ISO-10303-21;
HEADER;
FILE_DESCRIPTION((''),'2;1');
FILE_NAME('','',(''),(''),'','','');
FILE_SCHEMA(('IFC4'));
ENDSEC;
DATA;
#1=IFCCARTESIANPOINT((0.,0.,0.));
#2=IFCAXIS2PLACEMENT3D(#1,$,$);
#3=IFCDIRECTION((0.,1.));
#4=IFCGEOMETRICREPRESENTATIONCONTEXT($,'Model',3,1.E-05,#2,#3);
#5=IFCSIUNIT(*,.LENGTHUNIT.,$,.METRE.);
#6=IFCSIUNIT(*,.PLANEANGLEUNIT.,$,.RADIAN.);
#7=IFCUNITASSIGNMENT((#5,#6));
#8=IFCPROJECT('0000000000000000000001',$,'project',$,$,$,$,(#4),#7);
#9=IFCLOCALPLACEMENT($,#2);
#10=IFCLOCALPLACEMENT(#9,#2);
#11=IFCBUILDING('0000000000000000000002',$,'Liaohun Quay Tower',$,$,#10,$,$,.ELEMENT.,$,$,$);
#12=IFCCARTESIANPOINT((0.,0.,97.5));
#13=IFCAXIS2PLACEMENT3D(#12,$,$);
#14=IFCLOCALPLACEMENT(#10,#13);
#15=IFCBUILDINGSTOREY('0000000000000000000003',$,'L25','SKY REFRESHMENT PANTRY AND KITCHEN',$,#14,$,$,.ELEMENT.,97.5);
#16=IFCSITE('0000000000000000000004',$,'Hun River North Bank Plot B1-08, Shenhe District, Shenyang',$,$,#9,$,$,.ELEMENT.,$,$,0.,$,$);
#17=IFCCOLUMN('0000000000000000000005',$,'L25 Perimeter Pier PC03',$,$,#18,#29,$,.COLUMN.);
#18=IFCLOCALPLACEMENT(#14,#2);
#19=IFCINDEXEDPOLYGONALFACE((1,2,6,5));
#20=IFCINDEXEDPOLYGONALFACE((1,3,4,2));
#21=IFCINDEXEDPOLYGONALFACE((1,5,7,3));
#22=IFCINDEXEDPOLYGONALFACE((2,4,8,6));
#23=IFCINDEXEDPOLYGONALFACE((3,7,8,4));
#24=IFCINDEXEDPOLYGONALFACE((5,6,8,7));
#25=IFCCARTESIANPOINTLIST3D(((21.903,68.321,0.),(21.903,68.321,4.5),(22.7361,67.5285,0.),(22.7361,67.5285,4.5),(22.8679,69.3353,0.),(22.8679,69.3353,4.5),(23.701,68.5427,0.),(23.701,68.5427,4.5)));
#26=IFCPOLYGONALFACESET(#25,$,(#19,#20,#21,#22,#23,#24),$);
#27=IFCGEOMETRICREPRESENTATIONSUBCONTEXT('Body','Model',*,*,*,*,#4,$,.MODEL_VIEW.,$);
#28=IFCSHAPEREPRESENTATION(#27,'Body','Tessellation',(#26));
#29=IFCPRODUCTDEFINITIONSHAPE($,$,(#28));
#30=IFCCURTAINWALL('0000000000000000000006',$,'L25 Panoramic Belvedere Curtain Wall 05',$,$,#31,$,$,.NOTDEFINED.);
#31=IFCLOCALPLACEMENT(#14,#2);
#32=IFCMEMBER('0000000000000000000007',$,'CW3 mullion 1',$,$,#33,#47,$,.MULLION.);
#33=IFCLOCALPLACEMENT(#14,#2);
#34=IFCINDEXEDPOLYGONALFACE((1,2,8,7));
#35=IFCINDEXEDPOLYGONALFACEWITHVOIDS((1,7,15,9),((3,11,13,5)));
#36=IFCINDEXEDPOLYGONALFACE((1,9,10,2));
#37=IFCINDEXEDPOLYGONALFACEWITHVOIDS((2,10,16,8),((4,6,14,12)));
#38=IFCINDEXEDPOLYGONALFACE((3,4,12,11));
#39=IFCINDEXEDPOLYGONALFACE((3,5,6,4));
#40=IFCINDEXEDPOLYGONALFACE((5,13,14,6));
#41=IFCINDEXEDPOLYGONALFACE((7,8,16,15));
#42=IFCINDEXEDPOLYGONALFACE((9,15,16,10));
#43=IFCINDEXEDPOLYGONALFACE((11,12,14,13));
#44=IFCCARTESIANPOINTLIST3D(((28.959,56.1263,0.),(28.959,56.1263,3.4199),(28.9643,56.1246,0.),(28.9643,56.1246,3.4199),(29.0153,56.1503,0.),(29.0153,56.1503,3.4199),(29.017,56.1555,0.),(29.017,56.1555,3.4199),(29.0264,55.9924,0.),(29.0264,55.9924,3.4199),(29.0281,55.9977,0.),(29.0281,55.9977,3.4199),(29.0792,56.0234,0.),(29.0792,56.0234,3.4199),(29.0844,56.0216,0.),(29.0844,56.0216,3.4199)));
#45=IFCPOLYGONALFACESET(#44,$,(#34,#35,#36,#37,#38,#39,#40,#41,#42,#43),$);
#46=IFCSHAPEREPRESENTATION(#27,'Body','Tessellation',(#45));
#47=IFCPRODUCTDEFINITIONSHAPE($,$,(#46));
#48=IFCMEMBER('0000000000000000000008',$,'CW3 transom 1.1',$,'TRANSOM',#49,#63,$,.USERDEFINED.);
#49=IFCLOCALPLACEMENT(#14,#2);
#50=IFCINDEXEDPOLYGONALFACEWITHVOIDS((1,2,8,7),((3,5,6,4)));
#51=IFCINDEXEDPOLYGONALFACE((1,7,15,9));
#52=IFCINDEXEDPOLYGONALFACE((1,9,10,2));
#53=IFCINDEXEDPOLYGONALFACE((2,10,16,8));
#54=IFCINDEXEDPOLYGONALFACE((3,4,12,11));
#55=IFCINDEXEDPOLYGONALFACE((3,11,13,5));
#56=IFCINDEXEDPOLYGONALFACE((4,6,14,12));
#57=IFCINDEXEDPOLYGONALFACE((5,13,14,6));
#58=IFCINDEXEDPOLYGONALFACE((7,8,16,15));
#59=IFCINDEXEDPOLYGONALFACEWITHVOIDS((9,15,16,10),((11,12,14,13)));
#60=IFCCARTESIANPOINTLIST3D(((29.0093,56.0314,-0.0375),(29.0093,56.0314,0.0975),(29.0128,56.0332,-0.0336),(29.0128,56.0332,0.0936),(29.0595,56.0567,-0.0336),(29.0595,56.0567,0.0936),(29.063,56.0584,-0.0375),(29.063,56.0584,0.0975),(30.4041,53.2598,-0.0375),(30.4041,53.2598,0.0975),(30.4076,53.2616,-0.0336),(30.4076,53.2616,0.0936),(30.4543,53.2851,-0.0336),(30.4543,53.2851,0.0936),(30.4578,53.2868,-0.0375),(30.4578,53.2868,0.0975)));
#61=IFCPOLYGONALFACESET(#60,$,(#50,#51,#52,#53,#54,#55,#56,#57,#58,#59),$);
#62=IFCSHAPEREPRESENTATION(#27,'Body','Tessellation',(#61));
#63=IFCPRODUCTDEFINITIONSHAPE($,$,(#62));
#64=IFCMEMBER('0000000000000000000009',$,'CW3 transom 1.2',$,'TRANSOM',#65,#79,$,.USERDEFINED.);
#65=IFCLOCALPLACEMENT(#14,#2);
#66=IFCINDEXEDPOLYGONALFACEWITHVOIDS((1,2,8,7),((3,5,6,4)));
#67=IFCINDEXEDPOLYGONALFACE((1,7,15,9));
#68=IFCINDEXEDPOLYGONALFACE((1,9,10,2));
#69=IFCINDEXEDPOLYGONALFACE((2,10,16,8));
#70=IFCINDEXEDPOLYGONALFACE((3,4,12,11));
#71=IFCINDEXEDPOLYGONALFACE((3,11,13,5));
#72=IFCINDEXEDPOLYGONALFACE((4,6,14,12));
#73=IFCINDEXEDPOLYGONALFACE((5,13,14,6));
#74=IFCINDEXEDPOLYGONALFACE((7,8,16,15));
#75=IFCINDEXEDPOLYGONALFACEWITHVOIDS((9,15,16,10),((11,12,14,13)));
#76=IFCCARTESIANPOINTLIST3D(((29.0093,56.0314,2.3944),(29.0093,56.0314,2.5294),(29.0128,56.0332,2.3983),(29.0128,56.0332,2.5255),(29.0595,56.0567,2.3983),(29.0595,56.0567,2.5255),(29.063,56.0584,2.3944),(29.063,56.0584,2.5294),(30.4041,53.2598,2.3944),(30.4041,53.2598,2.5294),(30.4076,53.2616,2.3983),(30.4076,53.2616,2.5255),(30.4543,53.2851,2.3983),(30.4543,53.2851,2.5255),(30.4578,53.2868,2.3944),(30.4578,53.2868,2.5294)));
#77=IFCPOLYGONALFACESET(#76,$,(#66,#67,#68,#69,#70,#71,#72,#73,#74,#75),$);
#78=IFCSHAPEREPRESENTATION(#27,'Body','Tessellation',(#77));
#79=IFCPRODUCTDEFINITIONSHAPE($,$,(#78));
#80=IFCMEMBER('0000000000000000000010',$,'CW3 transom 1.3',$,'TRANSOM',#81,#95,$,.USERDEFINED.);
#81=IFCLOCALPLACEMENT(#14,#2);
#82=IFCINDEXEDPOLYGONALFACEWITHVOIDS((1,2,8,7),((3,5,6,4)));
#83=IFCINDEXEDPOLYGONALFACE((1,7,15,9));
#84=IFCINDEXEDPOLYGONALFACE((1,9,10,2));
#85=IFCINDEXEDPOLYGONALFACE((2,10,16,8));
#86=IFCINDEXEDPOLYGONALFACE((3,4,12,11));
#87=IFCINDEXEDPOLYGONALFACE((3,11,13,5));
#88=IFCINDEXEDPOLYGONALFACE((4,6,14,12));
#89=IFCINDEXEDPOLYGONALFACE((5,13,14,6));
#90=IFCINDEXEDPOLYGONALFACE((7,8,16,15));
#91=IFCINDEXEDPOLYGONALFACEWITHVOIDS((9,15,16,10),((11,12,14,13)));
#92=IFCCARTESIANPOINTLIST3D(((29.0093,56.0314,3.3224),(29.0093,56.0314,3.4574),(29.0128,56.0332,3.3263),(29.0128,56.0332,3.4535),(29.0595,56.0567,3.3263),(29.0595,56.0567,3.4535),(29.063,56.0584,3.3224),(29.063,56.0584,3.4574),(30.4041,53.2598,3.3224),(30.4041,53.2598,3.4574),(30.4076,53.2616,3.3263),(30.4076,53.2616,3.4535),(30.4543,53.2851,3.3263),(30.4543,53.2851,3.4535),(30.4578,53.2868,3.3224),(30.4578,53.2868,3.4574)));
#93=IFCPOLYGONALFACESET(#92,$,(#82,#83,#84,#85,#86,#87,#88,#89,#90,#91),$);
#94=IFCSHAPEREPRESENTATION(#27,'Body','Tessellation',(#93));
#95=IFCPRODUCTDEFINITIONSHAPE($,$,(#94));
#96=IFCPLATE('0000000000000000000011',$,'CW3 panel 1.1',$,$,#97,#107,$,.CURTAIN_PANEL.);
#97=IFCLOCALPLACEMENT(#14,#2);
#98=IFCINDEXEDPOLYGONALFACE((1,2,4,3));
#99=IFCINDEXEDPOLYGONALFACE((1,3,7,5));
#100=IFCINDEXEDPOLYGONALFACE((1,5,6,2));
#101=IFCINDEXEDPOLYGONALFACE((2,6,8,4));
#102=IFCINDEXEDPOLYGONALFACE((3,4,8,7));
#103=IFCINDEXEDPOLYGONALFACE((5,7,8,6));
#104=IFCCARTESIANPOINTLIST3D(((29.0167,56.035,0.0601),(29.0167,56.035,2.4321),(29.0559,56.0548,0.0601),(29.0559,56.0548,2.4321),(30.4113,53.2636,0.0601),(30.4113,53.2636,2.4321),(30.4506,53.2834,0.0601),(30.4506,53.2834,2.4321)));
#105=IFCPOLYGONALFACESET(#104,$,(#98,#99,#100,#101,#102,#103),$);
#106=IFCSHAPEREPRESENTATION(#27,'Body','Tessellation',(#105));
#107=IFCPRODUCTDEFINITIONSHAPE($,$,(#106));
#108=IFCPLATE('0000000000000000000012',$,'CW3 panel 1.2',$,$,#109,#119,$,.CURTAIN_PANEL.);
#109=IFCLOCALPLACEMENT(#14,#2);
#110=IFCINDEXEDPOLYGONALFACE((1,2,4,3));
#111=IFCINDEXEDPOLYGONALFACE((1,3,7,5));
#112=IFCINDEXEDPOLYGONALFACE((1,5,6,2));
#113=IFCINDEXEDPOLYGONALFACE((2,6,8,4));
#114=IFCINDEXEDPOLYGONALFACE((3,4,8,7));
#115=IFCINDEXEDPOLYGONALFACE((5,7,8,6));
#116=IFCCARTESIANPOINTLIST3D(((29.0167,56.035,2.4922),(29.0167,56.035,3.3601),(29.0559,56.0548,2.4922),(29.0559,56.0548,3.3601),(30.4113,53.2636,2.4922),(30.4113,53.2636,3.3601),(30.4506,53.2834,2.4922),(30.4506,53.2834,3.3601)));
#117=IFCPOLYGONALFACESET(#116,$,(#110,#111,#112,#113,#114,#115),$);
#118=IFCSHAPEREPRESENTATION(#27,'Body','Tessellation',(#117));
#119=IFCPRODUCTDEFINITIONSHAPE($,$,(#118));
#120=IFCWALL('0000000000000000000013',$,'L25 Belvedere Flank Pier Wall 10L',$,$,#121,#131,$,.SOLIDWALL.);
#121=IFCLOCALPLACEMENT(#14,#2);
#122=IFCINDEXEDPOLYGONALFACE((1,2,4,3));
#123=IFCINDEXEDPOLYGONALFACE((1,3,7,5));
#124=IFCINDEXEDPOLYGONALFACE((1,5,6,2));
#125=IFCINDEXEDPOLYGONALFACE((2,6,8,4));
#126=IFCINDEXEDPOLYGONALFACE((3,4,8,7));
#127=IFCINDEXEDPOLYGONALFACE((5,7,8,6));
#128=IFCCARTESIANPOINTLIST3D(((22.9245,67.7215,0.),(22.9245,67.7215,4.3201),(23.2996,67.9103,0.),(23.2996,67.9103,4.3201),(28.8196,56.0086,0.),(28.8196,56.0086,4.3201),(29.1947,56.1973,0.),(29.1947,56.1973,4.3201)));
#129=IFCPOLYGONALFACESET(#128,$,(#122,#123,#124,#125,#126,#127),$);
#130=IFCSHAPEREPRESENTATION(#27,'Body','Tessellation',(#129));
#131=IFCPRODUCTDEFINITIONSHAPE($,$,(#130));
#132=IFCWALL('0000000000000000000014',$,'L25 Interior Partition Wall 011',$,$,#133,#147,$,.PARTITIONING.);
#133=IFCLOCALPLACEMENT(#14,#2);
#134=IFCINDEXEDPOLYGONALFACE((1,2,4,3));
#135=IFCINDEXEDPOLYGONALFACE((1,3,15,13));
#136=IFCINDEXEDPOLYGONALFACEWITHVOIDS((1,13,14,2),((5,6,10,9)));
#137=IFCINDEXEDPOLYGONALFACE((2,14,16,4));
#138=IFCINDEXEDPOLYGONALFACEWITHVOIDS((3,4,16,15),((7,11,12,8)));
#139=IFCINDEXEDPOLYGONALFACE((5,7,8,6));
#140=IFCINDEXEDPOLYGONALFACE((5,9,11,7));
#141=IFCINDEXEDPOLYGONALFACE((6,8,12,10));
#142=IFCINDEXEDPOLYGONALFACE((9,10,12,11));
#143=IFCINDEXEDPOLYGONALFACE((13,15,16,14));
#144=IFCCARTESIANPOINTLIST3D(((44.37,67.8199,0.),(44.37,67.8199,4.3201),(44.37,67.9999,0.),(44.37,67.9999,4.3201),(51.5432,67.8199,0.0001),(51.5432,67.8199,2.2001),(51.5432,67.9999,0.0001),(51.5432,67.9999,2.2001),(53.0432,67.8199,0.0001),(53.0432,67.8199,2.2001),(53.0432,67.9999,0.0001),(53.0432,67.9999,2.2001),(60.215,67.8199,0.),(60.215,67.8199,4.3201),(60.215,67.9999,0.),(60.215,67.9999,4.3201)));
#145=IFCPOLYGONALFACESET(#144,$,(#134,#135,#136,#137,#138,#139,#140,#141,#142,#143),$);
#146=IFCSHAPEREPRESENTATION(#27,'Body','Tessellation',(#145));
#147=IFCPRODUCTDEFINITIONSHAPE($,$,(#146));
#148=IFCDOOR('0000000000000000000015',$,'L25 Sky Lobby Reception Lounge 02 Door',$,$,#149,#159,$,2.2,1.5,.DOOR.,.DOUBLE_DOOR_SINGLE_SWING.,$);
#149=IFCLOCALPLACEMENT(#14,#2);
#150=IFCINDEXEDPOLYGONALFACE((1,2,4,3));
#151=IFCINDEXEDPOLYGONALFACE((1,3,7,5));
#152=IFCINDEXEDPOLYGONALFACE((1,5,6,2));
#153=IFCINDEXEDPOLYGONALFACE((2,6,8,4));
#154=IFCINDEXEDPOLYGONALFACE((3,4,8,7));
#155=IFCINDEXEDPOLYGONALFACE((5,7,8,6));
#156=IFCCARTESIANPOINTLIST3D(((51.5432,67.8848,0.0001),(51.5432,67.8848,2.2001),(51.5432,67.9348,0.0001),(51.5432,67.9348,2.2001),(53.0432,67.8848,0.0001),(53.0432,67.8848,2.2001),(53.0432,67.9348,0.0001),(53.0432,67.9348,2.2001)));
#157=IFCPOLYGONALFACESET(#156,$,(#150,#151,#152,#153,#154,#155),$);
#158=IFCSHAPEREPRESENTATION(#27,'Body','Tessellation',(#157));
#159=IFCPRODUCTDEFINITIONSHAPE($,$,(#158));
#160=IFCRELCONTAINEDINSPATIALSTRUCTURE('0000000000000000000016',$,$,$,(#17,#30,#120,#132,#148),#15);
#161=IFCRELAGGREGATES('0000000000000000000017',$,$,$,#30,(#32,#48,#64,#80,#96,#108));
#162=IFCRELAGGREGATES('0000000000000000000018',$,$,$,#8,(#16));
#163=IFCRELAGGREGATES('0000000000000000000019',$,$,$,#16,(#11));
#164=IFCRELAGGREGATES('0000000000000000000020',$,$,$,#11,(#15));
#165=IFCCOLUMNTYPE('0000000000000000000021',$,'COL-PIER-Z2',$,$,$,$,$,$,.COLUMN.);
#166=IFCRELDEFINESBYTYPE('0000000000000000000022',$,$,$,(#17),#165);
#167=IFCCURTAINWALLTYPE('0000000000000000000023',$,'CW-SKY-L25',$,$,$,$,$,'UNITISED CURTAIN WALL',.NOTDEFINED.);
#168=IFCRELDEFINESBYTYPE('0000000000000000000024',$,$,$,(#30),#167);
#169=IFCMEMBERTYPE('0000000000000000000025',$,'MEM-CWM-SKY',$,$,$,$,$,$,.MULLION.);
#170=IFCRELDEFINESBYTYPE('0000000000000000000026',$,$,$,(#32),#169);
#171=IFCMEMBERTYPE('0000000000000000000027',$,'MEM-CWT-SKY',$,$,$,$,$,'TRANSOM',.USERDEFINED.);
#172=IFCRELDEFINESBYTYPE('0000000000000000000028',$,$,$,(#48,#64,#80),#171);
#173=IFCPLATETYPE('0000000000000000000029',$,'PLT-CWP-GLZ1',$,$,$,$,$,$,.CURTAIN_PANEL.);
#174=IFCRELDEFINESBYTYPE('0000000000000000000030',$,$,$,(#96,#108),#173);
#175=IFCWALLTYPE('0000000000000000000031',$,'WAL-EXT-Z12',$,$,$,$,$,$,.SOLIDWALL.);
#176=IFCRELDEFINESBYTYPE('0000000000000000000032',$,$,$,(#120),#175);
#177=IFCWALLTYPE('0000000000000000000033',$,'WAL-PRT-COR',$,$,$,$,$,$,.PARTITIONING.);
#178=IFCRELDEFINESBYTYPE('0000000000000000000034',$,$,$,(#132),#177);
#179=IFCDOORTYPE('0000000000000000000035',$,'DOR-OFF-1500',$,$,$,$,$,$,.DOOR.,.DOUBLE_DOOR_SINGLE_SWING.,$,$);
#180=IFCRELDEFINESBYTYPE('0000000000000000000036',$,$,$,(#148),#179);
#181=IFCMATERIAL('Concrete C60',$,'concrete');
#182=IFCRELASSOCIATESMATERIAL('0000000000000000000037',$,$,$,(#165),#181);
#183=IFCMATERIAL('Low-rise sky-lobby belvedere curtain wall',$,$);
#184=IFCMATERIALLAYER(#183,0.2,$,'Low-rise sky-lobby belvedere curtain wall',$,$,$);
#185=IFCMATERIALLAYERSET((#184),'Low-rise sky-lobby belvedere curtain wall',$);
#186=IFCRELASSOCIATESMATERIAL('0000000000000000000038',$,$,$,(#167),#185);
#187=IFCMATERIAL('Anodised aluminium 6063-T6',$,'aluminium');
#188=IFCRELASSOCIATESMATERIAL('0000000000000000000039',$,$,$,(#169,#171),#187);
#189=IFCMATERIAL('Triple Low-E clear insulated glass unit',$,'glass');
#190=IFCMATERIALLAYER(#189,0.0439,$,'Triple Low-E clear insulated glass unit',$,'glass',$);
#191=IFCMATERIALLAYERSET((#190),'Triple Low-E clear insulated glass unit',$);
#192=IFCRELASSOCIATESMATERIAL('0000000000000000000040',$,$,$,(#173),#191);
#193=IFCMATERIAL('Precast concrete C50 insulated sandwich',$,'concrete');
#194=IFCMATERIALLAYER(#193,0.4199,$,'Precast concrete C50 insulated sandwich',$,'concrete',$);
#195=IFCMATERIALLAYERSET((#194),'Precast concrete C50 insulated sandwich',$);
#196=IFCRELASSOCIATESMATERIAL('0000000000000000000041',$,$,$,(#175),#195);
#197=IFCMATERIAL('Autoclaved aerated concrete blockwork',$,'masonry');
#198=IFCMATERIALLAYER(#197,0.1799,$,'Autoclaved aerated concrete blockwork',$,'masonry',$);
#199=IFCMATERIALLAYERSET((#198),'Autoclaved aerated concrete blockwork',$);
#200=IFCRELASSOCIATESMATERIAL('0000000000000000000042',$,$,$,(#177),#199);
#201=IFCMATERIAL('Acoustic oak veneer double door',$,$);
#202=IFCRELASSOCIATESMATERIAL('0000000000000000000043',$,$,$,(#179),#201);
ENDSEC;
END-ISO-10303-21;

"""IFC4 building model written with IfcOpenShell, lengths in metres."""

from ifc_helpers import new_model, si_unit, direction, frame, frame_2d, origin, origin_2d, place, context, subcontext, project, spatial, rectangle, hollow_rectangle, extrude, source, transform, mapped, material, layer, layer_set, material_profile, profile_set, type_object, element, fill, aggregate, save


model = new_model("IFC4")

# Units and contexts
model_context = context("Model", 3, precision=1e-05, world=origin(), true_north=direction((0.0, 1.0)))
body_context = subcontext(model_context, "Body", "Model", "MODEL_VIEW")
ifc_project = project(units=[si_unit("LENGTHUNIT", "METRE"), si_unit("PLANEANGLEUNIT", "RADIAN")], contexts=[model_context])

# Site, building, storey
site_placement = place(None, origin())
site = spatial("IfcSite", under=ifc_project, at=site_placement, Name="Hun River North Bank Plot B1-08, Shenhe District, Shenyang", CompositionType="ELEMENT", RefElevation=0.0)
building_placement = place(site_placement, origin())
building = spatial("IfcBuilding", under=site, at=building_placement, Name="Liaohun Quay Tower", CompositionType="ELEMENT")
storey_placement = place(building_placement, frame((0.0, 0.0, 97.5)))
storey = spatial("IfcBuildingStorey", under=building, at=storey_placement, Name="L25", Description="SKY REFRESHMENT PANTRY AND KITCHEN", CompositionType="ELEMENT", Elevation=97.5)

# Column
ifc_material_1 = material(Name="Concrete C60", Category="concrete")
ifc_material_profile_1 = material_profile(ifc_material_1, rectangle(XDim=1.3999, YDim=1.1499, at=origin_2d()), Name="RC1400x1150")
ifc_profile_set_1 = profile_set([ifc_material_profile_1], Name="Concrete C60")
column_type = type_object("IfcColumnType", Name="COL-PIER-Z2", PredefinedType="COLUMN", material=ifc_profile_set_1)
shared_shape_1 = source(origin(), body_context, "Body", "SweptSolid", [
    extrude(rectangle(XDim=1.3999, YDim=1.1499, at=origin_2d()), origin(), (0.0, 0.0, 1.0), 4.5),
])
column_placement = place(storey_placement, frame((22.802, 68.4319, 0.0), z_axis=(0.0, 0.0, 1.0), x_axis=(0.68924, 0.724533, 0.0)))
element("IfcColumn", 1, at=column_placement, inside=storey, type_object=column_type, Name="L25 Perimeter Pier PC03", PredefinedType="COLUMN", context=body_context, shape_type="MappedRepresentation", body=[
    mapped(shared_shape_1, transform((0.0, 0.0, 0.0), x_axis=(1.0, 0.0, 0.0), y_axis=(0.0, 1.0, 0.0), z_axis=(0.0, 0.0, 1.0), scale=1.0)),
])

# Curtain wall, members, plates
ifc_material_2 = material(Name="Low-rise sky-lobby belvedere curtain wall")
ifc_layer_1 = layer(ifc_material_2, 0.2, Name="Low-rise sky-lobby belvedere curtain wall")
ifc_layer_set_1 = layer_set([ifc_layer_1], Name="Low-rise sky-lobby belvedere curtain wall")
curtain_wall_type = type_object("IfcCurtainWallType", Name="CW-SKY-L25", ElementType="UNITISED CURTAIN WALL", PredefinedType="NOTDEFINED", material=ifc_layer_set_1)
curtain_wall_placement = place(storey_placement, origin())
curtain_wall = element("IfcCurtainWall", 2, at=curtain_wall_placement, inside=storey, type_object=curtain_wall_type, Name="L25 Panoramic Belvedere Curtain Wall 05", PredefinedType="NOTDEFINED")
ifc_material_3 = material(Name="Anodised aluminium 6063-T6", Category="aluminium")
ifc_material_profile_2 = material_profile(ifc_material_3, hollow_rectangle(XDim=0.0649, YDim=0.1499, WallThickness=0.0039, at=origin_2d()), Name="RHS150x65x4")
ifc_profile_set_2 = profile_set([ifc_material_profile_2], Name="Anodised aluminium 6063-T6")
member_type_1 = type_object("IfcMemberType", Name="MEM-CWM-SKY", PredefinedType="MULLION", material=ifc_profile_set_2)
shared_shape_2 = source(origin(), body_context, "Body", "SweptSolid", [
    extrude(hollow_rectangle(XDim=0.0649, YDim=0.1499, WallThickness=0.0039, at=origin_2d()), origin(), (0.0, 0.0, 1.0), 3.4199),
])
member_1_placement = place(storey_placement, frame((29.0217, 56.074, 0.0), z_axis=(0.0, 0.0, 1.0), x_axis=(0.893268, 0.449525, 0.0)))
member_1 = element("IfcMember", 3, at=member_1_placement, type_object=member_type_1, Name="CW3 mullion 1", PredefinedType="MULLION", context=body_context, shape_type="MappedRepresentation", body=[
    mapped(shared_shape_2, transform((0.0, 0.0, 0.0), x_axis=(1.0, 0.0, 0.0), y_axis=(0.0, 1.0, 0.0), z_axis=(0.0, 0.0, 1.0), scale=1.0)),
])
ifc_material_profile_3 = material_profile(ifc_material_3, hollow_rectangle(XDim=0.0601, YDim=0.135, WallThickness=0.0039, at=origin_2d()), Name="RHS135x60x4")
ifc_profile_set_3 = profile_set([ifc_material_profile_3], Name="Anodised aluminium 6063-T6")
member_type_2 = type_object("IfcMemberType", Name="MEM-CWT-SKY", ElementType="TRANSOM", PredefinedType="USERDEFINED", material=ifc_profile_set_3)
shared_shape_3 = source(origin(), body_context, "Body", "SweptSolid", [
    extrude(hollow_rectangle(XDim=0.0601, YDim=0.135, WallThickness=0.0039, at=origin_2d()), origin(), (0.0, 0.0, 1.0), 3.1028),
])
member_2_placement = place(storey_placement, frame((29.0361, 56.0449, 0.03), z_axis=(0.449541, -0.89326, 0.0), x_axis=(0.89326, 0.449541, 0.0)))
member_2 = element("IfcMember", 4, at=member_2_placement, type_object=member_type_2, Name="CW3 transom 1.1", ObjectType="TRANSOM", PredefinedType="USERDEFINED", context=body_context, shape_type="MappedRepresentation", body=[
    mapped(shared_shape_3, transform((0.0, 0.0, 0.0), x_axis=(1.0, 0.0, 0.0), y_axis=(0.0, 1.0, 0.0), z_axis=(0.0, 0.0, 1.0), scale=1.0)),
])
member_3_placement = place(storey_placement, frame((29.0361, 56.0449, 2.4619), z_axis=(0.449541, -0.89326, 0.0), x_axis=(0.89326, 0.449541, 0.0)))
member_3 = element("IfcMember", 5, at=member_3_placement, type_object=member_type_2, Name="CW3 transom 1.2", ObjectType="TRANSOM", PredefinedType="USERDEFINED", context=body_context, shape_type="MappedRepresentation", body=[
    mapped(shared_shape_3, transform((0.0, 0.0, 0.0), x_axis=(1.0, 0.0, 0.0), y_axis=(0.0, 1.0, 0.0), z_axis=(0.0, 0.0, 1.0), scale=1.0)),
])
member_4_placement = place(storey_placement, frame((29.0361, 56.0449, 3.3899), z_axis=(0.449541, -0.89326, 0.0), x_axis=(0.89326, 0.449541, 0.0)))
member_4 = element("IfcMember", 6, at=member_4_placement, type_object=member_type_2, Name="CW3 transom 1.3", ObjectType="TRANSOM", PredefinedType="USERDEFINED", context=body_context, shape_type="MappedRepresentation", body=[
    mapped(shared_shape_3, transform((0.0, 0.0, 0.0), x_axis=(1.0, 0.0, 0.0), y_axis=(0.0, 1.0, 0.0), z_axis=(0.0, 0.0, 1.0), scale=1.0)),
])
ifc_material_4 = material(Name="Triple Low-E clear insulated glass unit", Category="glass")
ifc_layer_2 = layer(ifc_material_4, 0.0439, Name="Triple Low-E clear insulated glass unit", Category="glass")
ifc_layer_set_2 = layer_set([ifc_layer_2], Name="Triple Low-E clear insulated glass unit")
plate_type = type_object("IfcPlateType", Name="PLT-CWP-GLZ1", PredefinedType="CURTAIN_PANEL", material=ifc_layer_set_2)
shared_shape_4 = source(origin(), body_context, "Body", "SweptSolid", [
    extrude(rectangle(XDim=3.1025, YDim=0.0439, at=origin_2d()), origin(), (0.0, 0.0, 1.0), 2.3721),
])
plate_1_placement = place(storey_placement, frame((29.7336, 54.6592, 0.0601), z_axis=(0.0, 0.0, 1.0), x_axis=(0.449525, -0.893268, 0.0)))
plate_1 = element("IfcPlate", 7, at=plate_1_placement, type_object=plate_type, Name="CW3 panel 1.1", PredefinedType="CURTAIN_PANEL", context=body_context, shape_type="MappedRepresentation", body=[
    mapped(shared_shape_4, transform((0.0, 0.0, 0.0), x_axis=(1.0, 0.0, 0.0), y_axis=(0.0, 1.0, 0.0), z_axis=(0.0, 0.0, 1.0), scale=1.0)),
])
shared_shape_5 = source(origin(), body_context, "Body", "SweptSolid", [
    extrude(rectangle(XDim=3.1025, YDim=0.0439, at=origin_2d()), origin(), (0.0, 0.0, 1.0), 0.8679),
])
plate_2_placement = place(storey_placement, frame((29.7336, 54.6592, 2.4922), z_axis=(0.0, 0.0, 1.0), x_axis=(0.449525, -0.893268, 0.0)))
plate_2 = element("IfcPlate", 8, at=plate_2_placement, type_object=plate_type, Name="CW3 panel 1.2", PredefinedType="CURTAIN_PANEL", context=body_context, shape_type="MappedRepresentation", body=[
    mapped(shared_shape_5, transform((0.0, 0.0, 0.0), x_axis=(1.0, 0.0, 0.0), y_axis=(0.0, 1.0, 0.0), z_axis=(0.0, 0.0, 1.0), scale=1.0)),
])
aggregate(curtain_wall, [member_1, member_2, member_3, member_4, plate_1, plate_2])

# Wall
ifc_material_5 = material(Name="Precast concrete C50 insulated sandwich", Category="concrete")
ifc_layer_3 = layer(ifc_material_5, 0.4199, Name="Precast concrete C50 insulated sandwich", Category="concrete")
ifc_layer_set_3 = layer_set([ifc_layer_3], Name="Precast concrete C50 insulated sandwich")
wall_type_1 = type_object("IfcWallType", Name="WAL-EXT-Z12", PredefinedType="SOLIDWALL", material=ifc_layer_set_3)
wall_1_placement = place(storey_placement, frame((23.1121, 67.8159, 0.0), z_axis=(0.0, 0.0, 1.0), x_axis=(0.449565, -0.893247, 0.0)))
element("IfcWall", 9, at=wall_1_placement, inside=storey, type_object=wall_type_1, Name="L25 Belvedere Flank Pier Wall 10L", PredefinedType="SOLIDWALL", context=body_context, shape_type="SweptSolid", body=[
    extrude(rectangle(XDim=13.1128, YDim=0.4199, at=frame_2d((6.5564, 0.0))), origin(), (0.0, 0.0, 1.0), 4.3201),
])

# Wall, opening, door
ifc_material_6 = material(Name="Autoclaved aerated concrete blockwork", Category="masonry")
ifc_layer_4 = layer(ifc_material_6, 0.1799, Name="Autoclaved aerated concrete blockwork", Category="masonry")
ifc_layer_set_4 = layer_set([ifc_layer_4], Name="Autoclaved aerated concrete blockwork")
wall_type_2 = type_object("IfcWallType", Name="WAL-PRT-COR", PredefinedType="PARTITIONING", material=ifc_layer_set_4)
wall_2_placement = place(storey_placement, frame((44.3701, 67.9099, 0.0), z_axis=(0.0, 0.0, 1.0), x_axis=(1.0, 0.0, 0.0)))
wall_2 = element("IfcWall", 10, at=wall_2_placement, inside=storey, type_object=wall_type_2, Name="L25 Interior Partition Wall 011", PredefinedType="PARTITIONING", context=body_context, shape_type="SweptSolid", body=[
    extrude(rectangle(XDim=15.845, YDim=0.1799, at=frame_2d((7.9224, 0.0))), origin(), (0.0, 0.0, 1.0), 4.3201),
])
shared_shape_6 = source(origin(), body_context, "Body", "SweptSolid", [
    extrude(rectangle(XDim=1.5, YDim=2.2, at=frame_2d((0.75, 1.1001))), frame((0.0, 0.0999, 0.0), z_axis=(0.0, -1.0, 0.0), x_axis=(1.0, 0.0, 0.0)), (0.0, 0.0, 1.0), 0.2),
])
opening_1_placement = place(wall_2_placement, frame((7.1731, 0.0, 0.0)))
opening_1 = element("IfcOpeningElement", 11, at=opening_1_placement, cuts=wall_2, PredefinedType="OPENING", context=body_context, shape_type="MappedRepresentation", body=[
    mapped(shared_shape_6, transform((0.0, 0.0, 0.0), x_axis=(1.0, 0.0, 0.0), y_axis=(0.0, 1.0, 0.0), z_axis=(0.0, 0.0, 1.0), scale=1.0)),
])
ifc_material_7 = material(Name="Acoustic oak veneer double door")
door_type_1 = type_object("IfcDoorType", Name="DOR-OFF-1500", OperationType="DOUBLE_DOOR_SINGLE_SWING", PredefinedType="DOOR", material=ifc_material_7)
shared_shape_7 = source(origin(), body_context, "Body", "SweptSolid", [
    extrude(rectangle(XDim=1.5, YDim=2.2, at=frame_2d((0.75, 1.1001))), frame((0.0, 0.0249, 0.0), z_axis=(0.0, -1.0, 0.0), x_axis=(1.0, 0.0, 0.0)), (0.0, 0.0, 1.0), 0.05),
])
door_1_placement = place(opening_1_placement, origin())
door_1 = element("IfcDoor", 12, at=door_1_placement, inside=storey, type_object=door_type_1, Name="L25 Sky Lobby Reception Lounge 02 Door", OperationType="DOUBLE_DOOR_SINGLE_SWING", OverallHeight=2.2, OverallWidth=1.5, PredefinedType="DOOR", context=body_context, shape_type="MappedRepresentation", body=[
    mapped(shared_shape_7, transform((0.0, 0.0, 0.0), x_axis=(1.0, 0.0, 0.0), y_axis=(0.0, 1.0, 0.0), z_axis=(0.0, 0.0, 1.0), scale=1.0)),
])
fill(opening_1, door_1)

save(model, "model.ifc")
